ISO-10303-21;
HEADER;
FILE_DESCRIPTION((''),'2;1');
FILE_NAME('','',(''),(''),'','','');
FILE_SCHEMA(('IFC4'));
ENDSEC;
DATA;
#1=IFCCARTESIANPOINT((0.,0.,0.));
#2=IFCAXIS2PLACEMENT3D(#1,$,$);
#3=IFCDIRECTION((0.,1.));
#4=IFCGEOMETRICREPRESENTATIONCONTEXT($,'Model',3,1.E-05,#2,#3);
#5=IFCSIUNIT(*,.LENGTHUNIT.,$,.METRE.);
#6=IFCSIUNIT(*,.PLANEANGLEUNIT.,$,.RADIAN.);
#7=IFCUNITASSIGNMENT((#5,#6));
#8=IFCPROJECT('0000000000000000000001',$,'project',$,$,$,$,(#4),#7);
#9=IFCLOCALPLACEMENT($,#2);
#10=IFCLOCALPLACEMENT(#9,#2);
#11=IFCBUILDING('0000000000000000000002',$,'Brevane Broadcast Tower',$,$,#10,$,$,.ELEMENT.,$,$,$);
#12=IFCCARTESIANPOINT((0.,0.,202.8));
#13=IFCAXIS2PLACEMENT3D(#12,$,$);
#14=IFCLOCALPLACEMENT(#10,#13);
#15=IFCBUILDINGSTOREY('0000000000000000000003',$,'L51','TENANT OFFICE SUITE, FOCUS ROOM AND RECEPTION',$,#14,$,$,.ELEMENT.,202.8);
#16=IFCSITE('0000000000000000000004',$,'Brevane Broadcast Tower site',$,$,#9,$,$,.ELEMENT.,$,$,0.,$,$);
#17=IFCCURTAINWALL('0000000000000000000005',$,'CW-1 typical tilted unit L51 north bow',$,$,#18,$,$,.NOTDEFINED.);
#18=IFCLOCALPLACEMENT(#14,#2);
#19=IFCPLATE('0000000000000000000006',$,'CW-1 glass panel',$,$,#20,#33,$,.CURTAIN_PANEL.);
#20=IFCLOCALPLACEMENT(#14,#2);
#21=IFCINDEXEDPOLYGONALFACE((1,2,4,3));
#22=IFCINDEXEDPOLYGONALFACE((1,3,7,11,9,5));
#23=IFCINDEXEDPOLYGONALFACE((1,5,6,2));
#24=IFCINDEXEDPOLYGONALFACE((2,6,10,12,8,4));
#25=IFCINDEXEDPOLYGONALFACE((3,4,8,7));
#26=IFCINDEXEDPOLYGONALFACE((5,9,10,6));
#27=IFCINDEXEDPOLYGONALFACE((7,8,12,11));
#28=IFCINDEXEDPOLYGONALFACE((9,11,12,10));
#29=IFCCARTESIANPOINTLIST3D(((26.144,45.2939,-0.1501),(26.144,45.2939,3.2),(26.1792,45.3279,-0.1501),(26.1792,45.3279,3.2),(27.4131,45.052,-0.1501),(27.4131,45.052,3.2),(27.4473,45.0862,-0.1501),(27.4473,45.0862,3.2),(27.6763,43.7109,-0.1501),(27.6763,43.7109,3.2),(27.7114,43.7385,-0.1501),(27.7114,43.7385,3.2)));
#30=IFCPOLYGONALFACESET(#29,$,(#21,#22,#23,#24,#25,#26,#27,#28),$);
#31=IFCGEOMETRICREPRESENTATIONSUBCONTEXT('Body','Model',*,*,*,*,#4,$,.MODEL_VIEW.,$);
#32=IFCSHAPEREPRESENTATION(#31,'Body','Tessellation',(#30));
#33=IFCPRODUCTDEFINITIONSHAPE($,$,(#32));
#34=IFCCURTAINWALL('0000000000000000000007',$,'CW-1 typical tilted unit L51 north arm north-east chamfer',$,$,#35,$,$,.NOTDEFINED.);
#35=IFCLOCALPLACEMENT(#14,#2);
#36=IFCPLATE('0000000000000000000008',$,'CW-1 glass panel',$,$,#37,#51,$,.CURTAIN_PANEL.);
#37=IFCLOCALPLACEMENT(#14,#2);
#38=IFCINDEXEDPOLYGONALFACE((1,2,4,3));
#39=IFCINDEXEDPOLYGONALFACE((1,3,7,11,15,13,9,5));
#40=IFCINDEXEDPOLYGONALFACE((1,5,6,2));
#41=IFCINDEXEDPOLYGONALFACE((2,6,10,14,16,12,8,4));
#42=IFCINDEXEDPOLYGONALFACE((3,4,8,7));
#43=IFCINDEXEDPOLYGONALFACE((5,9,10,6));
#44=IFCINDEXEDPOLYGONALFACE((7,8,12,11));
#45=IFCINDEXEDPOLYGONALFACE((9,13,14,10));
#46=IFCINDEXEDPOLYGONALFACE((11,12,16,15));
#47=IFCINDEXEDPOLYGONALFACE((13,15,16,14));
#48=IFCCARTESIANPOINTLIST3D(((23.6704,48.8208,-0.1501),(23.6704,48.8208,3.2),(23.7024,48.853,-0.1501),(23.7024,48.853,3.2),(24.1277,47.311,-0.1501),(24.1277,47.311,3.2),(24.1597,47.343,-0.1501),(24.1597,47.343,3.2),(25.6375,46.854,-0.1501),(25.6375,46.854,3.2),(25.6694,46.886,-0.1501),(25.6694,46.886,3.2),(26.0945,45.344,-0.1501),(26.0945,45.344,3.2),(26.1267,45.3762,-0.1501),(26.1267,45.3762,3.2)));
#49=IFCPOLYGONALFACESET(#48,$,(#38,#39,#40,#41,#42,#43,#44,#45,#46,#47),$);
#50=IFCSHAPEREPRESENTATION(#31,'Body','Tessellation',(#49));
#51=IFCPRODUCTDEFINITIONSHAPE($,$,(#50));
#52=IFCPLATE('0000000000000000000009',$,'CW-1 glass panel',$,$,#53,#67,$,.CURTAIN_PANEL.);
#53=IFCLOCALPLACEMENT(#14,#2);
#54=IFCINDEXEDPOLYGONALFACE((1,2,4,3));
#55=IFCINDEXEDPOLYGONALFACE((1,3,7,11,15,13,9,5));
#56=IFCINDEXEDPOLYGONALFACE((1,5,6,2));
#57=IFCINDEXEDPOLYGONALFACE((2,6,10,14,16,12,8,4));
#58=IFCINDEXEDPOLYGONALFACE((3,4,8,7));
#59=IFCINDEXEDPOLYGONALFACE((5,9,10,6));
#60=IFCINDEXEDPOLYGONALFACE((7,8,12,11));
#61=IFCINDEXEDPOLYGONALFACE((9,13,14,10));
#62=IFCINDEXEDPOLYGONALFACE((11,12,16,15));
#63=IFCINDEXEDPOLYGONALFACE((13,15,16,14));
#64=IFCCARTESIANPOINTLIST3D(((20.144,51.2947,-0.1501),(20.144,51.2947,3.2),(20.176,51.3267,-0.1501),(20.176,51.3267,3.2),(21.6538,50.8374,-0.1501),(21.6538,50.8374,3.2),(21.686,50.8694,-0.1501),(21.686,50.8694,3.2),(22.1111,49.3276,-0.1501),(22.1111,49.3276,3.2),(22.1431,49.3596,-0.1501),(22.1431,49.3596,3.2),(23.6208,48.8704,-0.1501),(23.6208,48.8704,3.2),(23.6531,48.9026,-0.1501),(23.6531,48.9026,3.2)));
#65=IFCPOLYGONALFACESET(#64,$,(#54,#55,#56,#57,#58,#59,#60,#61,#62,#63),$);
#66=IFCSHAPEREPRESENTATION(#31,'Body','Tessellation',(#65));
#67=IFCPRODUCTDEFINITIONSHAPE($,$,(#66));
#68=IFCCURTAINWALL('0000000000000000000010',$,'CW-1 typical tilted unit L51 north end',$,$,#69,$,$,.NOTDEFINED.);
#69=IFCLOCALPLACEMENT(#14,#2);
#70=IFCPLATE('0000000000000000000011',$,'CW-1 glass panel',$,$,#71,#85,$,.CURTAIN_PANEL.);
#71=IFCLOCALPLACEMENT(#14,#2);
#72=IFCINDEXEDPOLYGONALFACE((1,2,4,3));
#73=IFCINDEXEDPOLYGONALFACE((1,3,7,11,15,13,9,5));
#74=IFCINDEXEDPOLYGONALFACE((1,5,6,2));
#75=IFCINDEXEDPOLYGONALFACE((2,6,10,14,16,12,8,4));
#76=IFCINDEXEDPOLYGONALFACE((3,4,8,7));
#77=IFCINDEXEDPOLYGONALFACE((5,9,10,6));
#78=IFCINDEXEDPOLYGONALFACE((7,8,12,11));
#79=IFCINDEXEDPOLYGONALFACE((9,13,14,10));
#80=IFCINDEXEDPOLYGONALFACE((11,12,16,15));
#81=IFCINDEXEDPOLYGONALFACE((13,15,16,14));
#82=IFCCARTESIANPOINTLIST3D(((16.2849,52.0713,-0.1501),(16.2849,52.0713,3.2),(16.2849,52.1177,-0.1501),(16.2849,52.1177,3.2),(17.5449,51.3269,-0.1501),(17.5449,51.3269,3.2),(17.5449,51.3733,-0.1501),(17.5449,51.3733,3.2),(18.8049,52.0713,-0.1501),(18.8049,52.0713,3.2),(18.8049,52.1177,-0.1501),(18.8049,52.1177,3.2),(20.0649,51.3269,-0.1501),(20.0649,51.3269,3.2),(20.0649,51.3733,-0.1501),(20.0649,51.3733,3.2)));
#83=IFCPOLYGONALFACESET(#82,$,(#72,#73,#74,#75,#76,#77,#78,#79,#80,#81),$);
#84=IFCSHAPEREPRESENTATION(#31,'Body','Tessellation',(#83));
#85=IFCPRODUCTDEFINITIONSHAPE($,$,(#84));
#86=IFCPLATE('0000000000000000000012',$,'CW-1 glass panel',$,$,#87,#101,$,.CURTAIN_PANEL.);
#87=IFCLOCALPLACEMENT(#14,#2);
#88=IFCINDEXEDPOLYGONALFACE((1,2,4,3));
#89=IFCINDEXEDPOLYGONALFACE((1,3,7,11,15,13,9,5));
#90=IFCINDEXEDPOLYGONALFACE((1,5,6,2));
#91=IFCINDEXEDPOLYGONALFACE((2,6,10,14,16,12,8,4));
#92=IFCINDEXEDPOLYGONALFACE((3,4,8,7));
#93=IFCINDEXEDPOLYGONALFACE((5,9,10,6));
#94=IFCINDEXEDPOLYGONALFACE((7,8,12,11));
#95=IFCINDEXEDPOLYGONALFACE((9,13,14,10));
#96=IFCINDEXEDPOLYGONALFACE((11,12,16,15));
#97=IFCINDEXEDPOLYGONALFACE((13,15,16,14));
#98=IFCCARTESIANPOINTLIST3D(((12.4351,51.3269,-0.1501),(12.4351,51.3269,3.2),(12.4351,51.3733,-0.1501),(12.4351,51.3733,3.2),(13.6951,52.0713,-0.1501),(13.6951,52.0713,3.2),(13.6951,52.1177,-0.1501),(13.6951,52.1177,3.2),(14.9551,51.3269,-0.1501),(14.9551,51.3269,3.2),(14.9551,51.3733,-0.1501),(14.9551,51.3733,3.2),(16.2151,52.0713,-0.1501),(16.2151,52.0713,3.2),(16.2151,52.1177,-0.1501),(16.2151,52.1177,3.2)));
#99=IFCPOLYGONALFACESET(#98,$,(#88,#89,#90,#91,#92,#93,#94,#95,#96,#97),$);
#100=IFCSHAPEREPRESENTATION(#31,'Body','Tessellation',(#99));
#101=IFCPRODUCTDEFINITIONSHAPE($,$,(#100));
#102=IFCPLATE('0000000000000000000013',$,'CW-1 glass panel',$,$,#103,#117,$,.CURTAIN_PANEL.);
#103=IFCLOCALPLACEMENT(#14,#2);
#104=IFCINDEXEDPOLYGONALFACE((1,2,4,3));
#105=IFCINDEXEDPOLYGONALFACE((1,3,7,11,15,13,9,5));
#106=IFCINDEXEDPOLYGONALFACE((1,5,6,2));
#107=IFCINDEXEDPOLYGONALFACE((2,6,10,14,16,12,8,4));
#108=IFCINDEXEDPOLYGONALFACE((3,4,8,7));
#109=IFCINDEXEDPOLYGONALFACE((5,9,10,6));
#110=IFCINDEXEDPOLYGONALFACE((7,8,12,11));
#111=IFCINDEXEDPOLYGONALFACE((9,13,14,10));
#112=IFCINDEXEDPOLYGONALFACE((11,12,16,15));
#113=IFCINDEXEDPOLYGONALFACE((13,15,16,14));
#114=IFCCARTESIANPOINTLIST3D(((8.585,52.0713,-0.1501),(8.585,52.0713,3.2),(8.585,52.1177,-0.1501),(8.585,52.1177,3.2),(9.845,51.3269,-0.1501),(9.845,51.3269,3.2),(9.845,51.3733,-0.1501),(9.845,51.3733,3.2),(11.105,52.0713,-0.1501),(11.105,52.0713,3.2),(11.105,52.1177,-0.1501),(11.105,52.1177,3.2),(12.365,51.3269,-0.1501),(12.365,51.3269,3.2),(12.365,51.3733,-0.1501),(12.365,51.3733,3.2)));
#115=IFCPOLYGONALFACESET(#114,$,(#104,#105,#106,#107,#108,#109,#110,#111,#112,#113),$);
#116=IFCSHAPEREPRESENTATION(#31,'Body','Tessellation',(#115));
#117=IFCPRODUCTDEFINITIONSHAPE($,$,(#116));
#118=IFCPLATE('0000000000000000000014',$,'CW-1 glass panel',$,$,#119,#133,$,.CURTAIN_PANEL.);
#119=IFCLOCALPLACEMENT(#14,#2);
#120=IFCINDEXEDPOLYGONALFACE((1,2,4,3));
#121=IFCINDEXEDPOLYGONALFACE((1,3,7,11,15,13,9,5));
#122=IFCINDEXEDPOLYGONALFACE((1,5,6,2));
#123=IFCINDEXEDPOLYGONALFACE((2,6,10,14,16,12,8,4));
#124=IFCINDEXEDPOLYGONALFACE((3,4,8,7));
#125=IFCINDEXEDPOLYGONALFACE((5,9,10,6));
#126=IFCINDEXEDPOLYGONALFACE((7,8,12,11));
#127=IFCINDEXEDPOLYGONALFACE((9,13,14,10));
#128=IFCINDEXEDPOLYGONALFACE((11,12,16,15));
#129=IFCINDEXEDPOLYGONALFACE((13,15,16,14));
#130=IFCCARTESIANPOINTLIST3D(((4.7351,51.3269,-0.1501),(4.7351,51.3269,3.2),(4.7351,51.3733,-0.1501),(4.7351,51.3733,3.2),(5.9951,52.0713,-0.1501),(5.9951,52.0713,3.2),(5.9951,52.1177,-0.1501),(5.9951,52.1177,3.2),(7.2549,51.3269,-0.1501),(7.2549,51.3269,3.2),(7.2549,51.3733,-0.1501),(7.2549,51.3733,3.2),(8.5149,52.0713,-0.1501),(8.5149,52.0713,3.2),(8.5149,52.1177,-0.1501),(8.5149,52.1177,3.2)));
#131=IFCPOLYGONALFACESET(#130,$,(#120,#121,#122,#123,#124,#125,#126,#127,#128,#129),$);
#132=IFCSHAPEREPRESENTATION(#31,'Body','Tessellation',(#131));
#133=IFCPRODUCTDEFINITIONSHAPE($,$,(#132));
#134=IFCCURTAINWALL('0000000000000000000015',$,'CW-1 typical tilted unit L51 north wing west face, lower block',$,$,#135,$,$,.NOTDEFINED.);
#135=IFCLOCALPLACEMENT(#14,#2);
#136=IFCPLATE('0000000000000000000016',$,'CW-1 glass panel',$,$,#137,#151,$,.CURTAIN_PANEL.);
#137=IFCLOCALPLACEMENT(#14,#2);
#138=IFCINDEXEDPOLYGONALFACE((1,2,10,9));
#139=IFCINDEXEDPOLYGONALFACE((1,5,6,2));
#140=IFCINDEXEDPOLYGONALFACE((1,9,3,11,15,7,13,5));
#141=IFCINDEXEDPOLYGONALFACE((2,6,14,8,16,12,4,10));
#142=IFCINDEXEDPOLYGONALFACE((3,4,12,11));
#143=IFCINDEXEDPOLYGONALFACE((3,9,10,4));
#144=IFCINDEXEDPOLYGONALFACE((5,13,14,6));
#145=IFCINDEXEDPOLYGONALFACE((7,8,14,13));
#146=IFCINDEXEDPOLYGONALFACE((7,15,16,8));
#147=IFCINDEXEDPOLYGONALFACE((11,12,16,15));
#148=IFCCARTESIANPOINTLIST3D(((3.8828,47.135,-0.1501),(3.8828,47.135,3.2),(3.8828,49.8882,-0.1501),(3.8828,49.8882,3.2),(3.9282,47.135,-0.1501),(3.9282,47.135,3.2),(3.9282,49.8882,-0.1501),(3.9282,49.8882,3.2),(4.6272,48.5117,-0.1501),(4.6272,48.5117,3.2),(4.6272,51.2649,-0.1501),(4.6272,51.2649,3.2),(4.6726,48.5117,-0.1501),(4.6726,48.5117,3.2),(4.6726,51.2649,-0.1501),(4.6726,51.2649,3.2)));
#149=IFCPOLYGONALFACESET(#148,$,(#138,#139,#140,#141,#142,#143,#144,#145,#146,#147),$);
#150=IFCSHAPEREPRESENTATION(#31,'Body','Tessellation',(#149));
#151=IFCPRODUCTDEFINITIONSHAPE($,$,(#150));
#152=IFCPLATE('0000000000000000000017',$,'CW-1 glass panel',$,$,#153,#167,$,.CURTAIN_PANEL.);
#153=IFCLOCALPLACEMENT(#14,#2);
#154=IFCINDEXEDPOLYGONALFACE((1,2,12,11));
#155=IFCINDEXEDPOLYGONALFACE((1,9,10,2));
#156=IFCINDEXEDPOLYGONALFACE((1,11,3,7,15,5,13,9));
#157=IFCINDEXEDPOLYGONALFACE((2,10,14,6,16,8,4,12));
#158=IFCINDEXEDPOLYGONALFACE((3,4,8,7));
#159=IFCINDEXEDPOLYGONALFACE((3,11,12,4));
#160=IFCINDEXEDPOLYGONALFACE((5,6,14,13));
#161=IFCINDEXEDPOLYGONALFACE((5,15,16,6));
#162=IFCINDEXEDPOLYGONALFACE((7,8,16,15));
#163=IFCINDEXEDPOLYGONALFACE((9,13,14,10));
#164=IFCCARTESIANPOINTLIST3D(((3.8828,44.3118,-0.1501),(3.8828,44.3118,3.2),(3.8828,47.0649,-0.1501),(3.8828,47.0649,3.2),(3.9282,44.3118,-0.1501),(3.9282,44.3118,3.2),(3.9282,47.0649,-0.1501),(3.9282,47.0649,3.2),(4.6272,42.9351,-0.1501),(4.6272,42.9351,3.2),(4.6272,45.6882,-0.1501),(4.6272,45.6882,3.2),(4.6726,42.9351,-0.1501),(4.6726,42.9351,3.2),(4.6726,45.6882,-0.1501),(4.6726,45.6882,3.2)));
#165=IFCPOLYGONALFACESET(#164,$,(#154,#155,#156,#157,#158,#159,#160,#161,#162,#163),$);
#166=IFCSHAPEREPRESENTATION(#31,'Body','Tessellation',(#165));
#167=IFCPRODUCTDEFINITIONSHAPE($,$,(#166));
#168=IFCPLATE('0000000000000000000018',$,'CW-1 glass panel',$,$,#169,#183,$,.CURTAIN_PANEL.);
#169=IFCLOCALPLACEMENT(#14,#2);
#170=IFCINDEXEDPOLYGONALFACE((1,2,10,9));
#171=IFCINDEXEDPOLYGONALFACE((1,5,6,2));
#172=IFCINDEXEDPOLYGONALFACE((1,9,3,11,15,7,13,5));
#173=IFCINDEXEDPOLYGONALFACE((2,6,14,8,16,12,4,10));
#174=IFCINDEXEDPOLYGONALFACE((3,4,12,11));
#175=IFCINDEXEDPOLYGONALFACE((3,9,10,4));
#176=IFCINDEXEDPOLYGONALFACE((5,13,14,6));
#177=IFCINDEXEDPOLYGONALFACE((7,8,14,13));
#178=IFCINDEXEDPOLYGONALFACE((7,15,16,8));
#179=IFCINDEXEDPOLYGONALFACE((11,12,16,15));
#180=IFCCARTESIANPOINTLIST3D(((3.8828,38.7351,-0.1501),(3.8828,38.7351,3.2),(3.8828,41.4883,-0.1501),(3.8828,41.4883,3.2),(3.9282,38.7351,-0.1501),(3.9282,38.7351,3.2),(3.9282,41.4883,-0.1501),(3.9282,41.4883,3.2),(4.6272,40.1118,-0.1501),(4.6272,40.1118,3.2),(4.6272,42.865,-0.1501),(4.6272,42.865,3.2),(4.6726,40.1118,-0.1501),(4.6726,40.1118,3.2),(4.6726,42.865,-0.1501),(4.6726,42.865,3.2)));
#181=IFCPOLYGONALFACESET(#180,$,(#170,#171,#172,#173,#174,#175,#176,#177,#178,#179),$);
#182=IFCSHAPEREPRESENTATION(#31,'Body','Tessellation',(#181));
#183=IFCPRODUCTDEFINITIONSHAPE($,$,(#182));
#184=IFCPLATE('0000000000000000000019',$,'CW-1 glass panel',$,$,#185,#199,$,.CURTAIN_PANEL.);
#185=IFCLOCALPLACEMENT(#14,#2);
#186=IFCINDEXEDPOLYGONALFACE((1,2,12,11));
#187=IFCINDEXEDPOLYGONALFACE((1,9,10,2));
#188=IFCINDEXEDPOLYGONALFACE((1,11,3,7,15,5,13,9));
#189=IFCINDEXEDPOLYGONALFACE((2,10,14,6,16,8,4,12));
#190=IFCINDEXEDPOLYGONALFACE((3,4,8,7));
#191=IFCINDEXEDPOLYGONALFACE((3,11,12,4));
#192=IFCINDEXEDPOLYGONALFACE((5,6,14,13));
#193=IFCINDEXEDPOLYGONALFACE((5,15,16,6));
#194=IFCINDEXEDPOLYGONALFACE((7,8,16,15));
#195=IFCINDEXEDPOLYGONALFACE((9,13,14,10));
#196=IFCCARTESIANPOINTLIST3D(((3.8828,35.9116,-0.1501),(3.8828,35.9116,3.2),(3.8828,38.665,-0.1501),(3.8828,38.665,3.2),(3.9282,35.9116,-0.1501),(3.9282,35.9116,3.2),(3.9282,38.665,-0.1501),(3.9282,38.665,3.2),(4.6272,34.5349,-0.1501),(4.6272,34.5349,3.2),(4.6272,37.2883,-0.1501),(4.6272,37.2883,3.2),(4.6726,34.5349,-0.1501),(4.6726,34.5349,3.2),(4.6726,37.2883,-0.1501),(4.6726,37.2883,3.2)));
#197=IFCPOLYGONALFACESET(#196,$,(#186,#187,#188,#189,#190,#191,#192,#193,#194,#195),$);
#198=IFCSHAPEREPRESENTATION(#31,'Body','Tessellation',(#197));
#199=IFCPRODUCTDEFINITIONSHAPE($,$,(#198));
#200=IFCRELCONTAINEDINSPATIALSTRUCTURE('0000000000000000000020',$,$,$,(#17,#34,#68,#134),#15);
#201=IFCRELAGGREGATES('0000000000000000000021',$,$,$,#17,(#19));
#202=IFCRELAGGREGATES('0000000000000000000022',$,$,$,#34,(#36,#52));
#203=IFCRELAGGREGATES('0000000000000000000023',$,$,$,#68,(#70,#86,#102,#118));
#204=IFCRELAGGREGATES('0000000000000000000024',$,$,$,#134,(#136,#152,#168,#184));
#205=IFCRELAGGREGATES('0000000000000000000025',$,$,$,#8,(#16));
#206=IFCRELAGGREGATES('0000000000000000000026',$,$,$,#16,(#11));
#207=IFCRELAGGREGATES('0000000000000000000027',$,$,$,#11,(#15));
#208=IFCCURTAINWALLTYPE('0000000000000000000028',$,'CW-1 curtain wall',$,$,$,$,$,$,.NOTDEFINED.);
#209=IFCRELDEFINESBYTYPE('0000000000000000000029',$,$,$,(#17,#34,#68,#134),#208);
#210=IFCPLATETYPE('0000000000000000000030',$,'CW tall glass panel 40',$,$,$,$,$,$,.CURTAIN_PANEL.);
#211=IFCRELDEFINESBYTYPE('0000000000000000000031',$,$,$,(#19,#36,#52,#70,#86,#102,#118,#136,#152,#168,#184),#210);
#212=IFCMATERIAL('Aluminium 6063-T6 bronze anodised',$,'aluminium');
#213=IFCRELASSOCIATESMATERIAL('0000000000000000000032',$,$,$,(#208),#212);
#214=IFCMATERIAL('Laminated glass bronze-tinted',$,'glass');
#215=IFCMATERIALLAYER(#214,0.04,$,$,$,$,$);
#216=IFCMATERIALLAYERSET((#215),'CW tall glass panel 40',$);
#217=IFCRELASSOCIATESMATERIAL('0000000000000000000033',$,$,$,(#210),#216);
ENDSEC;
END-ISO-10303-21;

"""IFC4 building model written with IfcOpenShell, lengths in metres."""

from ifc_helpers import new_model, si_unit, direction, frame, origin, place, context, subcontext, project, spatial, polyline, outline, extrude, material, layer, layer_set, type_object, element, aggregate, save


model = new_model("IFC4")

# Units and contexts
model_context = context("Model", 3, precision=1e-05, world=origin(), true_north=direction((0.0, 1.0)))
body_context = subcontext(model_context, "Body", "Model", "MODEL_VIEW")
ifc_project = project(units=[si_unit("LENGTHUNIT", "METRE"), si_unit("PLANEANGLEUNIT", "RADIAN")], contexts=[model_context])

# Site, building, storey
site_placement = place(None, origin())
site = spatial("IfcSite", under=ifc_project, at=site_placement, Name="Brevane Broadcast Tower site", CompositionType="ELEMENT", RefElevation=0.0)
building_placement = place(site_placement, origin())
building = spatial("IfcBuilding", under=site, at=building_placement, Name="Brevane Broadcast Tower", CompositionType="ELEMENT")
storey_placement = place(building_placement, frame((0.0, 0.0, 202.8)))
storey = spatial("IfcBuildingStorey", under=building, at=storey_placement, Name="L51", Description="TENANT OFFICE SUITE, FOCUS ROOM AND RECEPTION", CompositionType="ELEMENT", Elevation=202.8)

# Shared definitions
ifc_material_1 = material(Name="Aluminium 6063-T6 bronze anodised", Category="aluminium")
curtain_wall_type = type_object("IfcCurtainWallType", Name="CW-1 curtain wall", PredefinedType="NOTDEFINED", material=ifc_material_1)

# Shared definitions
ifc_material_2 = material(Name="Laminated glass bronze-tinted", Category="glass")
ifc_layer = layer(ifc_material_2, 0.04)
ifc_layer_set = layer_set([ifc_layer], Name="CW tall glass panel 40")
plate_type = type_object("IfcPlateType", Name="CW tall glass panel 40", PredefinedType="CURTAIN_PANEL", material=ifc_layer_set)

# Curtain walls, plates
curtain_wall_1_placement = place(storey_placement, origin())
curtain_wall_1 = element("IfcCurtainWall", 1, at=curtain_wall_1_placement, inside=storey, type_object=curtain_wall_type, Name="CW-1 typical tilted unit L51 north bow", PredefinedType="NOTDEFINED")
plate_1_placement = place(storey_placement, frame((0.0, 0.0, -0.1501)))
plate_1 = element("IfcPlate", 2, at=plate_1_placement, type_object=plate_type, Name="CW-1 glass panel", PredefinedType="CURTAIN_PANEL", context=body_context, shape_type="SweptSolid", body=[
    extrude(outline(polyline([(27.6763, 43.7109), (27.7114, 43.7385), (27.4473, 45.0862), (26.1792, 45.3279), (26.144, 45.2939), (27.4131, 45.052), (27.6763, 43.7109)])), origin(), (0.0, 0.0, 1.0), 3.3501),
])
aggregate(curtain_wall_1, [plate_1])
curtain_wall_2_placement = place(storey_placement, origin())
curtain_wall_2 = element("IfcCurtainWall", 3, at=curtain_wall_2_placement, inside=storey, type_object=curtain_wall_type, Name="CW-1 typical tilted unit L51 north arm north-east chamfer", PredefinedType="NOTDEFINED")
plate_2_placement = place(storey_placement, frame((0.0, 0.0, -0.1501)))
plate_2 = element("IfcPlate", 4, at=plate_2_placement, type_object=plate_type, Name="CW-1 glass panel", PredefinedType="CURTAIN_PANEL", context=body_context, shape_type="SweptSolid", body=[
    extrude(outline(polyline([(26.0945, 45.344), (26.1267, 45.3762), (25.6694, 46.886), (24.1597, 47.343), (23.7024, 48.853), (23.6704, 48.8208), (24.1277, 47.311), (25.6375, 46.854), (26.0945, 45.344)])), origin(), (0.0, 0.0, 1.0), 3.3501),
])
plate_3_placement = place(storey_placement, frame((0.0, 0.0, -0.1501)))
plate_3 = element("IfcPlate", 5, at=plate_3_placement, type_object=plate_type, Name="CW-1 glass panel", PredefinedType="CURTAIN_PANEL", context=body_context, shape_type="SweptSolid", body=[
    extrude(outline(polyline([(23.6208, 48.8704), (23.6531, 48.9026), (22.1431, 49.3596), (21.686, 50.8694), (20.176, 51.3267), (20.144, 51.2947), (21.6538, 50.8374), (22.1111, 49.3276), (23.6208, 48.8704)])), origin(), (0.0, 0.0, 1.0), 3.3501),
])
aggregate(curtain_wall_2, [plate_2, plate_3])
curtain_wall_3_placement = place(storey_placement, origin())
curtain_wall_3 = element("IfcCurtainWall", 6, at=curtain_wall_3_placement, inside=storey, type_object=curtain_wall_type, Name="CW-1 typical tilted unit L51 north end", PredefinedType="NOTDEFINED")
plate_4_placement = place(storey_placement, frame((0.0, 0.0, -0.1501)))
plate_4 = element("IfcPlate", 7, at=plate_4_placement, type_object=plate_type, Name="CW-1 glass panel", PredefinedType="CURTAIN_PANEL", context=body_context, shape_type="SweptSolid", body=[
    extrude(outline(polyline([(20.0649, 51.3269), (20.0649, 51.3733), (18.8049, 52.1177), (17.5449, 51.3733), (16.2849, 52.1177), (16.2849, 52.0713), (17.5449, 51.3269), (18.8049, 52.0713), (20.0649, 51.3269)])), origin(), (0.0, 0.0, 1.0), 3.3501),
])
plate_5_placement = place(storey_placement, frame((0.0, 0.0, -0.1501)))
plate_5 = element("IfcPlate", 8, at=plate_5_placement, type_object=plate_type, Name="CW-1 glass panel", PredefinedType="CURTAIN_PANEL", context=body_context, shape_type="SweptSolid", body=[
    extrude(outline(polyline([(16.2151, 52.0713), (16.2151, 52.1177), (14.9551, 51.3733), (13.6951, 52.1177), (12.4351, 51.3733), (12.4351, 51.3269), (13.6951, 52.0713), (14.9551, 51.3269), (16.2151, 52.0713)])), origin(), (0.0, 0.0, 1.0), 3.3501),
])
plate_6_placement = place(storey_placement, frame((0.0, 0.0, -0.1501)))
plate_6 = element("IfcPlate", 9, at=plate_6_placement, type_object=plate_type, Name="CW-1 glass panel", PredefinedType="CURTAIN_PANEL", context=body_context, shape_type="SweptSolid", body=[
    extrude(outline(polyline([(12.365, 51.3269), (12.365, 51.3733), (11.105, 52.1177), (9.845, 51.3733), (8.585, 52.1177), (8.585, 52.0713), (9.845, 51.3269), (11.105, 52.0713), (12.365, 51.3269)])), origin(), (0.0, 0.0, 1.0), 3.3501),
])
plate_7_placement = place(storey_placement, frame((0.0, 0.0, -0.1501)))
plate_7 = element("IfcPlate", 10, at=plate_7_placement, type_object=plate_type, Name="CW-1 glass panel", PredefinedType="CURTAIN_PANEL", context=body_context, shape_type="SweptSolid", body=[
    extrude(outline(polyline([(8.5149, 52.0713), (8.5149, 52.1177), (7.2549, 51.3733), (5.9951, 52.1177), (4.7351, 51.3733), (4.7351, 51.3269), (5.9951, 52.0713), (7.2549, 51.3269), (8.5149, 52.0713)])), origin(), (0.0, 0.0, 1.0), 3.3501),
])
aggregate(curtain_wall_3, [plate_4, plate_5, plate_6, plate_7])
curtain_wall_4_placement = place(storey_placement, origin())
curtain_wall_4 = element("IfcCurtainWall", 11, at=curtain_wall_4_placement, inside=storey, type_object=curtain_wall_type, Name="CW-1 typical tilted unit L51 north wing west face, lower block", PredefinedType="NOTDEFINED")
plate_8_placement = place(storey_placement, frame((0.0, 0.0, -0.1501)))
plate_8 = element("IfcPlate", 12, at=plate_8_placement, type_object=plate_type, Name="CW-1 glass panel", PredefinedType="CURTAIN_PANEL", context=body_context, shape_type="SweptSolid", body=[
    extrude(outline(polyline([(4.6726, 51.2649), (4.6272, 51.2649), (3.8828, 49.8882), (4.6272, 48.5117), (3.8828, 47.135), (3.9282, 47.135), (4.6726, 48.5117), (3.9282, 49.8882), (4.6726, 51.2649)])), origin(), (0.0, 0.0, 1.0), 3.3501),
])
plate_9_placement = place(storey_placement, frame((0.0, 0.0, -0.1501)))
plate_9 = element("IfcPlate", 13, at=plate_9_placement, type_object=plate_type, Name="CW-1 glass panel", PredefinedType="CURTAIN_PANEL", context=body_context, shape_type="SweptSolid", body=[
    extrude(outline(polyline([(3.9282, 47.0649), (3.8828, 47.0649), (4.6272, 45.6882), (3.8828, 44.3118), (4.6272, 42.9351), (4.6726, 42.9351), (3.9282, 44.3118), (4.6726, 45.6882), (3.9282, 47.0649)])), origin(), (0.0, 0.0, 1.0), 3.3501),
])
plate_10_placement = place(storey_placement, frame((0.0, 0.0, -0.1501)))
plate_10 = element("IfcPlate", 14, at=plate_10_placement, type_object=plate_type, Name="CW-1 glass panel", PredefinedType="CURTAIN_PANEL", context=body_context, shape_type="SweptSolid", body=[
    extrude(outline(polyline([(4.6726, 42.865), (4.6272, 42.865), (3.8828, 41.4883), (4.6272, 40.1118), (3.8828, 38.7351), (3.9282, 38.7351), (4.6726, 40.1118), (3.9282, 41.4883), (4.6726, 42.865)])), origin(), (0.0, 0.0, 1.0), 3.3501),
])
plate_11_placement = place(storey_placement, frame((0.0, 0.0, -0.1501)))
plate_11 = element("IfcPlate", 15, at=plate_11_placement, type_object=plate_type, Name="CW-1 glass panel", PredefinedType="CURTAIN_PANEL", context=body_context, shape_type="SweptSolid", body=[
    extrude(outline(polyline([(3.9282, 38.665), (3.8828, 38.665), (4.6272, 37.2883), (3.8828, 35.9116), (4.6272, 34.5349), (4.6726, 34.5349), (3.9282, 35.9116), (4.6726, 37.2883), (3.9282, 38.665)])), origin(), (0.0, 0.0, 1.0), 3.3501),
])
aggregate(curtain_wall_4, [plate_8, plate_9, plate_10, plate_11])

save(model, "model.ifc")
